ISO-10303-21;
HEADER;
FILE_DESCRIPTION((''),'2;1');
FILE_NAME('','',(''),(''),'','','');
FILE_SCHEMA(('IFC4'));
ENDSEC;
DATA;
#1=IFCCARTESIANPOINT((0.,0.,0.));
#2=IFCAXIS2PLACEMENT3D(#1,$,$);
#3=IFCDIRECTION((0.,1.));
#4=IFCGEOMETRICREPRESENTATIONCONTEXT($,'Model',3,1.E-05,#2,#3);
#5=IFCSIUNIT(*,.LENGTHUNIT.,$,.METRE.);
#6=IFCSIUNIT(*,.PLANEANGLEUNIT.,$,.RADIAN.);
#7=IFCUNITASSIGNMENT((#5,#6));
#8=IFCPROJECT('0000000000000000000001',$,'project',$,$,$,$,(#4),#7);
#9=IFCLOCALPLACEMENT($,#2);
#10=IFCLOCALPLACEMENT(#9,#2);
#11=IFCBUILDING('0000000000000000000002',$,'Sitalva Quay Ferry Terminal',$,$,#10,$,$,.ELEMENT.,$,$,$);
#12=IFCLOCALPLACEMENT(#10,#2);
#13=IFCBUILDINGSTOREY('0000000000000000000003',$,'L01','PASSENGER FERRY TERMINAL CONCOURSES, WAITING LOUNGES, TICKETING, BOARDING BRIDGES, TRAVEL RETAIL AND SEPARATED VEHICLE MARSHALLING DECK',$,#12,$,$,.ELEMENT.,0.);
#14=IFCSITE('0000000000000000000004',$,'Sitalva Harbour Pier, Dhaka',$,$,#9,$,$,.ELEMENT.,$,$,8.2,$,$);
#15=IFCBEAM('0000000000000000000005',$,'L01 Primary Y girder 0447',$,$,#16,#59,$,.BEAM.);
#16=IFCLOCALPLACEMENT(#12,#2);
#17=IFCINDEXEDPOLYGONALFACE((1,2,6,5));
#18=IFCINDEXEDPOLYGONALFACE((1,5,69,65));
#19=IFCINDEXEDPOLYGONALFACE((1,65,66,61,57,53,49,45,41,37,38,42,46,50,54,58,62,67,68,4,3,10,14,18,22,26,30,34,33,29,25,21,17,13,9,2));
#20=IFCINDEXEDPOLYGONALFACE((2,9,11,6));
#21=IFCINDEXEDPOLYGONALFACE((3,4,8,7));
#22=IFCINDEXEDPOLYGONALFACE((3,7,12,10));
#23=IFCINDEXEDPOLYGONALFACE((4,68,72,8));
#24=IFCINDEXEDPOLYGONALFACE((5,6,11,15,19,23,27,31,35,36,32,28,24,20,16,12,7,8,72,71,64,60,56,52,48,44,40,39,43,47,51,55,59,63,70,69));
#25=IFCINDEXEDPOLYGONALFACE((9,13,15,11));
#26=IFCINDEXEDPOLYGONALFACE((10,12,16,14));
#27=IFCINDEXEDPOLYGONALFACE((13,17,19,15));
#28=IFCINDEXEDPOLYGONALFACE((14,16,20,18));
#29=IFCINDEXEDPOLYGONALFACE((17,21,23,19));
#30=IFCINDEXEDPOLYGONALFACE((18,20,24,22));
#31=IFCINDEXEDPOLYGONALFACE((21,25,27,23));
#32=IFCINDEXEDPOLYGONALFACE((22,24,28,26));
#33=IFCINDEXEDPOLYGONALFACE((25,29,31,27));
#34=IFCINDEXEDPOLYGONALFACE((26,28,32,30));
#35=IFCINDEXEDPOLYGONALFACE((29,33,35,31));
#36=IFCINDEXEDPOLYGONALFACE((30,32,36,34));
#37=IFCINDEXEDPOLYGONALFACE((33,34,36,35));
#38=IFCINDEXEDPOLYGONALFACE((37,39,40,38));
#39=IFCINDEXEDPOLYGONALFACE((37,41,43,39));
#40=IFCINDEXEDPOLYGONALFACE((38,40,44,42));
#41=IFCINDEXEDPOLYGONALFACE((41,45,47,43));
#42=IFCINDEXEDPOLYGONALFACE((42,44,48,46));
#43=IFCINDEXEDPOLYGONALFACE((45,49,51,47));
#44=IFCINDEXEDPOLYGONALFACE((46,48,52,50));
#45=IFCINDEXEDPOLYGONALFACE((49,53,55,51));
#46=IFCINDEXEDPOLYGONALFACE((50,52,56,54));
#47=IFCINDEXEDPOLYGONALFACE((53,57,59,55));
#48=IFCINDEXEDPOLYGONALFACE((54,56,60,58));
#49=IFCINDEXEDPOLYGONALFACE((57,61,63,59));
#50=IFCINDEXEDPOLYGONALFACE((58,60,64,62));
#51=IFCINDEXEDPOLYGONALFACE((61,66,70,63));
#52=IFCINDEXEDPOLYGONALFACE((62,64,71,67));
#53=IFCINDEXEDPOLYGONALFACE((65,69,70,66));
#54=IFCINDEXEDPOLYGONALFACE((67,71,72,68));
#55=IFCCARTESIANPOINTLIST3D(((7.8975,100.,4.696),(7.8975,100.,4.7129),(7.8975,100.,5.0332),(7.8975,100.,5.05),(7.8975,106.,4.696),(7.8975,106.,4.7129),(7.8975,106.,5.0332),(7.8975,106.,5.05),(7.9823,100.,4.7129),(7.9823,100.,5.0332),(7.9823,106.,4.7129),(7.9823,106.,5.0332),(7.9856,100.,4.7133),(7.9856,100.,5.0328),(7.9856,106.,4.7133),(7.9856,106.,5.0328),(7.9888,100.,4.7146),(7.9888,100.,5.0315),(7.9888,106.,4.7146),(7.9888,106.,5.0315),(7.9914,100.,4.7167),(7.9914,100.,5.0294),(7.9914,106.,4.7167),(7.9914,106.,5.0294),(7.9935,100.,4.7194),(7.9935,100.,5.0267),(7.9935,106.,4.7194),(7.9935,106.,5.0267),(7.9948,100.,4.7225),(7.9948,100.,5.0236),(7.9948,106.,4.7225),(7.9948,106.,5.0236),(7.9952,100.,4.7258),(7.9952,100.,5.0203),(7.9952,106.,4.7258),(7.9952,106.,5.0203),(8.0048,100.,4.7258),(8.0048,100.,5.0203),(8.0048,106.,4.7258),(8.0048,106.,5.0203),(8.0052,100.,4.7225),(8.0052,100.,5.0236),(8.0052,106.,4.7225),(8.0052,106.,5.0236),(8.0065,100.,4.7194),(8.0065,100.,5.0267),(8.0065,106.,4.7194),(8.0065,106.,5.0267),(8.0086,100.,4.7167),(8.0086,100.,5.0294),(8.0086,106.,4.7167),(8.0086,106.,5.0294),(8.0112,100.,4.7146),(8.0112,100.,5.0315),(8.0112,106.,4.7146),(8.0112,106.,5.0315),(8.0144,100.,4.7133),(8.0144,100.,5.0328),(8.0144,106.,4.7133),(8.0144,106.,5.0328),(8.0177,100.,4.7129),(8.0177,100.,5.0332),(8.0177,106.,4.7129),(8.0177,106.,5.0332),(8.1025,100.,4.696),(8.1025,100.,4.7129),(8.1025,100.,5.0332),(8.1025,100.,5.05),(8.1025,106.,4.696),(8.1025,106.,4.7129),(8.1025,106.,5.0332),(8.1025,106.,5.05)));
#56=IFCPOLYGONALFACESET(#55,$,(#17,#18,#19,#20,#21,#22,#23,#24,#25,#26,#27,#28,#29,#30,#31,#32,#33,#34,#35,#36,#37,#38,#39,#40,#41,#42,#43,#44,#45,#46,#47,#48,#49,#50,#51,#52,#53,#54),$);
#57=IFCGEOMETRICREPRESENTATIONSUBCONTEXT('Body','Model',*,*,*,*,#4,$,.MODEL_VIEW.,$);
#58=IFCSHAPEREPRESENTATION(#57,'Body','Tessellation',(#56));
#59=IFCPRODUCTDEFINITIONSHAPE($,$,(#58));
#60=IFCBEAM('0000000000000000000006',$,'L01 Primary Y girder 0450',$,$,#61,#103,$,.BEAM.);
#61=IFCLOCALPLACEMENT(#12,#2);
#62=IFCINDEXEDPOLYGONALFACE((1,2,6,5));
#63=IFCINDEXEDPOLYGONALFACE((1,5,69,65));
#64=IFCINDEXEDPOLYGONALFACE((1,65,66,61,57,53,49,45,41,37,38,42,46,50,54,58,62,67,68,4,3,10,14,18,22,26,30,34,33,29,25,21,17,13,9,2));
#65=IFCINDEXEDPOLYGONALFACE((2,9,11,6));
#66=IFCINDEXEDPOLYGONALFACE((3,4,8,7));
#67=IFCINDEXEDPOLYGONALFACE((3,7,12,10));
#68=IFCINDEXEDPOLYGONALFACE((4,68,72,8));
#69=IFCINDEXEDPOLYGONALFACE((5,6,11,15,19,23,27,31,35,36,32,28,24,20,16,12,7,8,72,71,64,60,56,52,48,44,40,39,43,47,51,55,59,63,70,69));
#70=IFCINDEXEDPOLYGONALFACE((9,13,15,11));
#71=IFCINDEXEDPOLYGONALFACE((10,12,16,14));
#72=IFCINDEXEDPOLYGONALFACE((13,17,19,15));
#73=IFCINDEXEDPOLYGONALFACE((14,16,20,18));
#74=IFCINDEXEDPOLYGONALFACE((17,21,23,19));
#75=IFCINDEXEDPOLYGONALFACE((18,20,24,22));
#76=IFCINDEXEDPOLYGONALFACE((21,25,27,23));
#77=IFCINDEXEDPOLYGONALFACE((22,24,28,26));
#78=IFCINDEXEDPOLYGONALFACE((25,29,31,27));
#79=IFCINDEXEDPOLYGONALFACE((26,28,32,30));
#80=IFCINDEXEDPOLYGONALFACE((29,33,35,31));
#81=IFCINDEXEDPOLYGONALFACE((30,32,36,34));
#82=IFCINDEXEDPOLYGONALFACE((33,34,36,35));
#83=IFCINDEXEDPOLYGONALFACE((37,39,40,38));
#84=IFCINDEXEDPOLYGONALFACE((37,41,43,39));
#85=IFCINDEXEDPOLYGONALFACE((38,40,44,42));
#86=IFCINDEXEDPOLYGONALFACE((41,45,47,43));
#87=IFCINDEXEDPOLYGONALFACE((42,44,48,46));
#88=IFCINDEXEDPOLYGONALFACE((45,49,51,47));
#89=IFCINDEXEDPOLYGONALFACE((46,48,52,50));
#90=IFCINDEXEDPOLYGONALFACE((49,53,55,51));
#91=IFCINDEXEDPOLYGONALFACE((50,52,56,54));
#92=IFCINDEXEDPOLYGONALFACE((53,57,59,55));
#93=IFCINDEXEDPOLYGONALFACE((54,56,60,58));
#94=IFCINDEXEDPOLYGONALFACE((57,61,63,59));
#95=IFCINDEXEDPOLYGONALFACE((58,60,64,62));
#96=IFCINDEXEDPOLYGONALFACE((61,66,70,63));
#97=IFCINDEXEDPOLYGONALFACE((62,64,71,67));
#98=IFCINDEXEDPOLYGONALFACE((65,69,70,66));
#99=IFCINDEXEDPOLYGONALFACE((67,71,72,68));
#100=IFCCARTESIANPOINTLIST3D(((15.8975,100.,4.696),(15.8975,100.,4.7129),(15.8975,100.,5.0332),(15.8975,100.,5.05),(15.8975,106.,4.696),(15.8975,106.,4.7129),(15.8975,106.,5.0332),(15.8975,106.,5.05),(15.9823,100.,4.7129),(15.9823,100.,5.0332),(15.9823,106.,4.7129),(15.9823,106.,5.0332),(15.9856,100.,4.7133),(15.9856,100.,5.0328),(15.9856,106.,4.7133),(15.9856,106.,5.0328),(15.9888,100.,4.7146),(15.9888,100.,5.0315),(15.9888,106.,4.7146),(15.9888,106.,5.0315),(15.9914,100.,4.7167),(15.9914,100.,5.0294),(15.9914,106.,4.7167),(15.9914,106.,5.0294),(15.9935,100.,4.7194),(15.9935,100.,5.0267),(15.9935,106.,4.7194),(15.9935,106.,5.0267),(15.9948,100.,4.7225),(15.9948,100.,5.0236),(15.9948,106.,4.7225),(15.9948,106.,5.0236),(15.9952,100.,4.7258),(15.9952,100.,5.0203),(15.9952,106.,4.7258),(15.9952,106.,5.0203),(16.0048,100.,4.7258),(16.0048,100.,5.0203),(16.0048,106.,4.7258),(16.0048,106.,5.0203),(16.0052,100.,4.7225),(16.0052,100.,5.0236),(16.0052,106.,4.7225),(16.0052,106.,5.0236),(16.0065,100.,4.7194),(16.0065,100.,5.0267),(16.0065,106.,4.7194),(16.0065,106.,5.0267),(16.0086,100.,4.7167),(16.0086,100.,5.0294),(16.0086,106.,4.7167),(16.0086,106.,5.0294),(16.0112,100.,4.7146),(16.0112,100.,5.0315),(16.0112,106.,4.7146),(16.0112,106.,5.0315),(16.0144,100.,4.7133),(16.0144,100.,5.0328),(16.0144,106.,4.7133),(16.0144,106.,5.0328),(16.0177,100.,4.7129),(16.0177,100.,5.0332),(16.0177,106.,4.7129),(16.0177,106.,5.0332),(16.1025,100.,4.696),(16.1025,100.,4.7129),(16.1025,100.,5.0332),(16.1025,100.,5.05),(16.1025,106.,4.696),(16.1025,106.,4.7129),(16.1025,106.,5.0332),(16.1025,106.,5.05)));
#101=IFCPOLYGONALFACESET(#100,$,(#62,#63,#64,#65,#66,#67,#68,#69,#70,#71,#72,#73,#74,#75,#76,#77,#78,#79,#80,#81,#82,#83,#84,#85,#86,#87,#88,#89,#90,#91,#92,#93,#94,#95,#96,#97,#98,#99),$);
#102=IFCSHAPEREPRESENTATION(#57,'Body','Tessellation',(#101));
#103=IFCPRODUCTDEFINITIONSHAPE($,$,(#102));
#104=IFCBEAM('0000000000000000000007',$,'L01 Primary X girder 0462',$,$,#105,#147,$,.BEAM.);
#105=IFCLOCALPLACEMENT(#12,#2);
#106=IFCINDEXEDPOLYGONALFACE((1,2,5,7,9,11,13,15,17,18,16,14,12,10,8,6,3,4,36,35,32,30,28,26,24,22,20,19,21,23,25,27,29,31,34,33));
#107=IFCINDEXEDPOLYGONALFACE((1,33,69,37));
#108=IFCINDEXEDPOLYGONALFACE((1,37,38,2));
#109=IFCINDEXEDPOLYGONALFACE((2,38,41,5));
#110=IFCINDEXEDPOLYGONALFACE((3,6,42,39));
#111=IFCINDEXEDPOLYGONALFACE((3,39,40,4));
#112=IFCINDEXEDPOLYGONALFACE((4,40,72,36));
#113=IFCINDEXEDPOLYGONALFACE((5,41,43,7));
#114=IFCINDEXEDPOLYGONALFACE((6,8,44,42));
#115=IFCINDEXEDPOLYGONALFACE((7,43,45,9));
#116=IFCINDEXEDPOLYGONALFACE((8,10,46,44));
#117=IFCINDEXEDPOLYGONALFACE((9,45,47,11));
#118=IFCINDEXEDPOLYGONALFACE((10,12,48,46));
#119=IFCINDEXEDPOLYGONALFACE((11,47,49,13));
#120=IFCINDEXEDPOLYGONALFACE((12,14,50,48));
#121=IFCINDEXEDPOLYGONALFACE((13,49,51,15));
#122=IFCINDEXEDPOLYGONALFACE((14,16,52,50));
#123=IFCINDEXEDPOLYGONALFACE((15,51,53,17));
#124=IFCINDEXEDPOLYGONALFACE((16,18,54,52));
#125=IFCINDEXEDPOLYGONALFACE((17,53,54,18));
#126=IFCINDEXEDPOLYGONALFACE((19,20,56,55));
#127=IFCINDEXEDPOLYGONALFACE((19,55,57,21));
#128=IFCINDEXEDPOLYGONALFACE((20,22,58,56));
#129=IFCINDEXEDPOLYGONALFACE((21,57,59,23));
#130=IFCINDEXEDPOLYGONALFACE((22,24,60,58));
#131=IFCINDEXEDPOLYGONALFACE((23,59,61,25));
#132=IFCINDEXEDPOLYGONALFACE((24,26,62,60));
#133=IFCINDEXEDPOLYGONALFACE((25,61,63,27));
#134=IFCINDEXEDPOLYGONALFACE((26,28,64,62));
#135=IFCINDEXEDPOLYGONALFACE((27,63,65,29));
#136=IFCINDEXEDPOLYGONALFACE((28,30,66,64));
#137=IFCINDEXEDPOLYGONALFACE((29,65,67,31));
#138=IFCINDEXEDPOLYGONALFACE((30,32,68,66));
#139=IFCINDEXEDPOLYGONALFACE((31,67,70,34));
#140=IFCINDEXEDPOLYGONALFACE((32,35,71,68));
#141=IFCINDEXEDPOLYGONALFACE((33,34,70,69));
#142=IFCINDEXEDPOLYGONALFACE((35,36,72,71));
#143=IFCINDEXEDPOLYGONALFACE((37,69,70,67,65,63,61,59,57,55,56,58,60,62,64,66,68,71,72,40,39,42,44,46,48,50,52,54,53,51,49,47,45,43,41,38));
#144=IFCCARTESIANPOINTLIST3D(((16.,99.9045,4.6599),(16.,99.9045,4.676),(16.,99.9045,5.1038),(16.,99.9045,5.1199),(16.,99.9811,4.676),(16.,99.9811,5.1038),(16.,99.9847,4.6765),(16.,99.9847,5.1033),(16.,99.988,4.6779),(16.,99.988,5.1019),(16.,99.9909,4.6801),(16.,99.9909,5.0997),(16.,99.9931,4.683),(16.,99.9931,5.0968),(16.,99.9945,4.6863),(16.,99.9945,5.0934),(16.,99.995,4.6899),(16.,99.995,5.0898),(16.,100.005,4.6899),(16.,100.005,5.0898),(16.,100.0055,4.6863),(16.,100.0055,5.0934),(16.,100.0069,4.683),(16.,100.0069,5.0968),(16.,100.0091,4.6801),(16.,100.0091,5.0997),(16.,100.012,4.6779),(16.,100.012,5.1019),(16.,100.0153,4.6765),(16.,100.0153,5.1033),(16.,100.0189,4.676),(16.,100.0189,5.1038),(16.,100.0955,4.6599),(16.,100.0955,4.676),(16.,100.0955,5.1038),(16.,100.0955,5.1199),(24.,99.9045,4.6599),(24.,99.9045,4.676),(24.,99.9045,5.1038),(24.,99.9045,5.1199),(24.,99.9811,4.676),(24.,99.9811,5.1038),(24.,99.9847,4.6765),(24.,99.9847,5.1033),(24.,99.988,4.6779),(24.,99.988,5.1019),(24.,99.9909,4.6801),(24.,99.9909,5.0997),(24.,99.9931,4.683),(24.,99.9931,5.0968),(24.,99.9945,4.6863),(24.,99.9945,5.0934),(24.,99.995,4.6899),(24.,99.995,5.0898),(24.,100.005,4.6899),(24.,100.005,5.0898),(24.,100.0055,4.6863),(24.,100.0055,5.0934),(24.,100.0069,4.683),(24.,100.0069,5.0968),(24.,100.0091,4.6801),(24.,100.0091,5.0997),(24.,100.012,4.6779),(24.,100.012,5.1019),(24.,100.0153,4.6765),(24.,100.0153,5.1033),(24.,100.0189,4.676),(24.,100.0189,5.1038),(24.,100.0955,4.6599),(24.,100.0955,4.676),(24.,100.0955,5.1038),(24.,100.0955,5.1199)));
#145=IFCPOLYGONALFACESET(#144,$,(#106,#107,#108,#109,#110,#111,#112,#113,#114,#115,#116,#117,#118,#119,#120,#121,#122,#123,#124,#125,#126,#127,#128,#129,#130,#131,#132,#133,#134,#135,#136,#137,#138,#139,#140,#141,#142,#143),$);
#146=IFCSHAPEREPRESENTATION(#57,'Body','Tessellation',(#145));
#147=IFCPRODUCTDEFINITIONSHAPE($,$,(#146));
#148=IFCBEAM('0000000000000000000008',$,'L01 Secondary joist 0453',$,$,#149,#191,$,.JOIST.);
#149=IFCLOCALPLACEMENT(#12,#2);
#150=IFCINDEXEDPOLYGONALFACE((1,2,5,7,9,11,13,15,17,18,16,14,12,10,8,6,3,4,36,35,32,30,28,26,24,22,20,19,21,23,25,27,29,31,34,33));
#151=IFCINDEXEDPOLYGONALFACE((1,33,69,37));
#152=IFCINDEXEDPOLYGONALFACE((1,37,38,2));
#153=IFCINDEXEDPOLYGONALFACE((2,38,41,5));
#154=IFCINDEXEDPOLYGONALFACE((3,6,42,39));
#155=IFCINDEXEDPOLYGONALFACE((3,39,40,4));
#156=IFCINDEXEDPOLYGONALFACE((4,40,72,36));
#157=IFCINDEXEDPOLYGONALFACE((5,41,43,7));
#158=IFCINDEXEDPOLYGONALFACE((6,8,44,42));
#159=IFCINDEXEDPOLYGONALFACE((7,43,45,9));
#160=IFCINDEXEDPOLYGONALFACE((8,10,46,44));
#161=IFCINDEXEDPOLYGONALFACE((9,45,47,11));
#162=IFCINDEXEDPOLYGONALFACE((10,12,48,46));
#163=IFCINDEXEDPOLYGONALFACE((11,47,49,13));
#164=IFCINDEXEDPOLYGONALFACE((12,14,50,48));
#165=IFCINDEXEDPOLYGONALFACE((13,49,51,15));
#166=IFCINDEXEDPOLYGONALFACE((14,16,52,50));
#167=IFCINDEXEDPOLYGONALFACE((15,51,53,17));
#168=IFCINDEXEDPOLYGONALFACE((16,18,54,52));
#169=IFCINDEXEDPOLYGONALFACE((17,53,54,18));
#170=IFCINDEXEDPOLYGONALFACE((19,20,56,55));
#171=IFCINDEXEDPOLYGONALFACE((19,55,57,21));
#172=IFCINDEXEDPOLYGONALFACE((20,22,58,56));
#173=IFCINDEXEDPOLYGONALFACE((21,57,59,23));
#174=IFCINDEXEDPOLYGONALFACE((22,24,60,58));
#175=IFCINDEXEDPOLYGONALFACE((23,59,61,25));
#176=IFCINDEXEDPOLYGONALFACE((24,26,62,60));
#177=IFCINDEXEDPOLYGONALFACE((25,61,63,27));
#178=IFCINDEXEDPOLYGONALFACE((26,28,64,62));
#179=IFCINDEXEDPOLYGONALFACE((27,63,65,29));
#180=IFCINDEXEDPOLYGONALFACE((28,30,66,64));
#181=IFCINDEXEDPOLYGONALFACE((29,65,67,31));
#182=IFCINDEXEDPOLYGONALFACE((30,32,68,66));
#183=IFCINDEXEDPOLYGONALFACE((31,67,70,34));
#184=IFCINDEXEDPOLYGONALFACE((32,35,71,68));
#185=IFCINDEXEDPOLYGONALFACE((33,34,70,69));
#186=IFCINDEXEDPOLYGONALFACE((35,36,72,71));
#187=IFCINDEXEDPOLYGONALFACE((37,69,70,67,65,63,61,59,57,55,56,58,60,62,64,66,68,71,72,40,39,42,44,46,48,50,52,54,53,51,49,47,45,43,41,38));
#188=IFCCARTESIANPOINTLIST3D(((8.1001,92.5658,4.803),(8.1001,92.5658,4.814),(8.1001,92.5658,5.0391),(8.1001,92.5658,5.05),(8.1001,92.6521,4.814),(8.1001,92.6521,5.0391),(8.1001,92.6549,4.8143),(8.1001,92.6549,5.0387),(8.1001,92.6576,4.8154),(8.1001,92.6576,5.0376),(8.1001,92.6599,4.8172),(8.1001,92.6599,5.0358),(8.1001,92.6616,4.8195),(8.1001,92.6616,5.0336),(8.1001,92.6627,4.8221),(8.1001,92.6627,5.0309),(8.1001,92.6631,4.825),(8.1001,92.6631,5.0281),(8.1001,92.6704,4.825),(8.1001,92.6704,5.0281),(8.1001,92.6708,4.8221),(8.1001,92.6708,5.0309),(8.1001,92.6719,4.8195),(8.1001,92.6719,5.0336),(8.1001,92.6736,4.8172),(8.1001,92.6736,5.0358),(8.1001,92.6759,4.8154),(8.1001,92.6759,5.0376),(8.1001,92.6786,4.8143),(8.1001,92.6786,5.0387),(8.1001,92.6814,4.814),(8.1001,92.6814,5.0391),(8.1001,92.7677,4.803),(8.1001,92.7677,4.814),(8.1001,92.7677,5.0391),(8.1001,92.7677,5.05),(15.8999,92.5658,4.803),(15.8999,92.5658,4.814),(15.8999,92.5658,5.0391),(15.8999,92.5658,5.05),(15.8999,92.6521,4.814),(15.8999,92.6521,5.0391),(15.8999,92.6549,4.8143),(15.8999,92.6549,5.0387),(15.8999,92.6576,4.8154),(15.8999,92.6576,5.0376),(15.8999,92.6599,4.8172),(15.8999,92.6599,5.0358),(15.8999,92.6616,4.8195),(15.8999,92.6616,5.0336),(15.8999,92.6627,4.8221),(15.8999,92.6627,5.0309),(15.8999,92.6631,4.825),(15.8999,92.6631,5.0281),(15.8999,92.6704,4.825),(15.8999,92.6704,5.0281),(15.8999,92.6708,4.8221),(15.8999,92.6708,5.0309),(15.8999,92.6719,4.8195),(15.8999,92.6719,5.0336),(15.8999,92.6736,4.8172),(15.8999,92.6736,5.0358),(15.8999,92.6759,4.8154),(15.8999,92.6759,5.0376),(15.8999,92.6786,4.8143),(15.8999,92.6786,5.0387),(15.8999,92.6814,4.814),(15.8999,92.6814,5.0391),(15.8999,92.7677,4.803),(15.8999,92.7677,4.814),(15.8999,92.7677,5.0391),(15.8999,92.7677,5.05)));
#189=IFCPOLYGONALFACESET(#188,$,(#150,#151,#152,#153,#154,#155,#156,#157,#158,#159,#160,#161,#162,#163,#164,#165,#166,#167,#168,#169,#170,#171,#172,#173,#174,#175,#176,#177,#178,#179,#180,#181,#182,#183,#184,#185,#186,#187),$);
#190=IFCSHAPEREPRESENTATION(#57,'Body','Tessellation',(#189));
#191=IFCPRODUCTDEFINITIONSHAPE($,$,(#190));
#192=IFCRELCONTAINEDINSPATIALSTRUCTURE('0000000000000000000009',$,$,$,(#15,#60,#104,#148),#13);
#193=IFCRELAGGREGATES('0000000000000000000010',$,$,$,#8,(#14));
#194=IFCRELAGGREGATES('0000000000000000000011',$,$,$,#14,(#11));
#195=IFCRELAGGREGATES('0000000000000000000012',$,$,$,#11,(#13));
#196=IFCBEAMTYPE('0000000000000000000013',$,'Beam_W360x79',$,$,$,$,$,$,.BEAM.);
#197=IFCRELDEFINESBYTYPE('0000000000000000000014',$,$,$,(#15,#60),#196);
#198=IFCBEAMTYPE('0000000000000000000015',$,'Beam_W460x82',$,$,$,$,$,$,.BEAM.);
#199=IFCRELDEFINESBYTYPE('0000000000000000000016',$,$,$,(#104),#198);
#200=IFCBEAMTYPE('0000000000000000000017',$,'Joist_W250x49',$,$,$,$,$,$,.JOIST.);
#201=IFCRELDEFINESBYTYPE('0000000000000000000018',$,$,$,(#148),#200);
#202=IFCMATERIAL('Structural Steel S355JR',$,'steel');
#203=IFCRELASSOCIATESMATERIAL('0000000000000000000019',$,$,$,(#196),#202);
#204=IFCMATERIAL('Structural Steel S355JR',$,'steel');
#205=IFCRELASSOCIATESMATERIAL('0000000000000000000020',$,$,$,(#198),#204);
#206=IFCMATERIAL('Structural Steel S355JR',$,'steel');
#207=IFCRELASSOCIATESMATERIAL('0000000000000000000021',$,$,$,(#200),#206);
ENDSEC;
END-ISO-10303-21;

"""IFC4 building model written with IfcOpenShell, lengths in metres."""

from ifc_helpers import new_model, si_unit, direction, frame, origin, origin_2d, place, context, subcontext, project, spatial, i_section, extrude, material, material_profile, profile_set, type_object, element, save


model = new_model("IFC4")

# Units and contexts
model_context = context("Model", 3, precision=1e-05, world=origin(), true_north=direction((0.0, 1.0)))
body_context = subcontext(model_context, "Body", "Model", "MODEL_VIEW")
ifc_project = project(units=[si_unit("LENGTHUNIT", "METRE"), si_unit("PLANEANGLEUNIT", "RADIAN")], contexts=[model_context])

# Site, building, storey
site_placement = place(None, origin())
site = spatial("IfcSite", under=ifc_project, at=site_placement, Name="Sitalva Harbour Pier, Dhaka", CompositionType="ELEMENT", RefElevation=8.2)
building_placement = place(site_placement, origin())
building = spatial("IfcBuilding", under=site, at=building_placement, Name="Sitalva Quay Ferry Terminal", CompositionType="ELEMENT")
storey_placement = place(building_placement, origin())
storey = spatial("IfcBuildingStorey", under=building, at=storey_placement, Name="L01", Description="PASSENGER FERRY TERMINAL CONCOURSES, WAITING LOUNGES, TICKETING, BOARDING BRIDGES, TRAVEL RETAIL AND SEPARATED VEHICLE MARSHALLING DECK", CompositionType="ELEMENT", Elevation=0.0)

# Beams
ifc_material_1 = material(Name="Structural Steel S355JR", Category="steel")
ifc_material_profile_1 = material_profile(ifc_material_1, i_section(OverallWidth=0.2051, OverallDepth=0.354, WebThickness=0.0095, FlangeThickness=0.0168, FilletRadius=0.0129, at=origin_2d()), Name="W360x79")
ifc_profile_set_1 = profile_set([ifc_material_profile_1], Name="Structural Steel S355JR")
beam_type_1 = type_object("IfcBeamType", Name="Beam_W360x79", PredefinedType="BEAM", material=ifc_profile_set_1)
for number, where, z_axis, x_axis, name in (
    (1, (8.0, 100.0, 4.873), (0.0, 1.0, 0.0), (-1.0, 0.0, 0.0), "L01 Primary Y girder 0447"),
    (2, (16.0, 100.0, 4.873), (0.0, 1.0, 0.0), (-1.0, 0.0, 0.0), "L01 Primary Y girder 0450"),
):
    element("IfcBeam", number, at=place(storey_placement, frame(where, z_axis=z_axis, x_axis=x_axis)), inside=storey, type_object=beam_type_1, Name=name, PredefinedType="BEAM", context=body_context, shape_type="SweptSolid", body=[
        extrude(i_section(OverallWidth=0.2051, OverallDepth=0.354, WebThickness=0.0095, FlangeThickness=0.0168, FilletRadius=0.0129, at=origin_2d()), origin(), (0.0, 0.0, 1.0), 6.0),
    ])
ifc_material_2 = material(Name="Structural Steel S355JR", Category="steel")
ifc_material_profile_2 = material_profile(ifc_material_2, i_section(OverallWidth=0.1909, OverallDepth=0.46, WebThickness=0.01, FlangeThickness=0.0161, FilletRadius=0.0139, at=origin_2d()), Name="W460x82")
ifc_profile_set_2 = profile_set([ifc_material_profile_2], Name="Structural Steel S355JR")
beam_type_2 = type_object("IfcBeamType", Name="Beam_W460x82", PredefinedType="BEAM", material=ifc_profile_set_2)
beam_1_placement = place(storey_placement, frame((16.0, 100.0, 4.8899), z_axis=(1.0, 0.0, 0.0), x_axis=(0.0, 1.0, 0.0)))
element("IfcBeam", 3, at=beam_1_placement, inside=storey, type_object=beam_type_2, Name="L01 Primary X girder 0462", PredefinedType="BEAM", context=body_context, shape_type="SweptSolid", body=[
    extrude(i_section(OverallWidth=0.1909, OverallDepth=0.46, WebThickness=0.01, FlangeThickness=0.0161, FilletRadius=0.0139, at=origin_2d()), origin(), (0.0, 0.0, 1.0), 8.0),
])
ifc_material_3 = material(Name="Structural Steel S355JR", Category="steel")
ifc_material_profile_3 = material_profile(ifc_material_3, i_section(OverallWidth=0.2019, OverallDepth=0.2471, WebThickness=0.0073, FlangeThickness=0.011, FilletRadius=0.011, at=origin_2d()), Name="W250x49")
ifc_profile_set_3 = profile_set([ifc_material_profile_3], Name="Structural Steel S355JR")
beam_type_3 = type_object("IfcBeamType", Name="Joist_W250x49", PredefinedType="JOIST", material=ifc_profile_set_3)
for number, where, z_axis, x_axis, name in (
    (4, (8.1001, 92.6667, 4.9265), (1.0, 0.0, 0.0), (0.0, 1.0, 0.0), "L01 Secondary joist 0453"),
):
    element("IfcBeam", number, at=place(storey_placement, frame(where, z_axis=z_axis, x_axis=x_axis)), inside=storey, type_object=beam_type_3, Name=name, PredefinedType="JOIST", context=body_context, shape_type="SweptSolid", body=[
        extrude(i_section(OverallWidth=0.2019, OverallDepth=0.2471, WebThickness=0.0073, FlangeThickness=0.011, FilletRadius=0.011, at=origin_2d()), origin(), (0.0, 0.0, 1.0), 7.7998),
    ])

save(model, "model.ifc")
